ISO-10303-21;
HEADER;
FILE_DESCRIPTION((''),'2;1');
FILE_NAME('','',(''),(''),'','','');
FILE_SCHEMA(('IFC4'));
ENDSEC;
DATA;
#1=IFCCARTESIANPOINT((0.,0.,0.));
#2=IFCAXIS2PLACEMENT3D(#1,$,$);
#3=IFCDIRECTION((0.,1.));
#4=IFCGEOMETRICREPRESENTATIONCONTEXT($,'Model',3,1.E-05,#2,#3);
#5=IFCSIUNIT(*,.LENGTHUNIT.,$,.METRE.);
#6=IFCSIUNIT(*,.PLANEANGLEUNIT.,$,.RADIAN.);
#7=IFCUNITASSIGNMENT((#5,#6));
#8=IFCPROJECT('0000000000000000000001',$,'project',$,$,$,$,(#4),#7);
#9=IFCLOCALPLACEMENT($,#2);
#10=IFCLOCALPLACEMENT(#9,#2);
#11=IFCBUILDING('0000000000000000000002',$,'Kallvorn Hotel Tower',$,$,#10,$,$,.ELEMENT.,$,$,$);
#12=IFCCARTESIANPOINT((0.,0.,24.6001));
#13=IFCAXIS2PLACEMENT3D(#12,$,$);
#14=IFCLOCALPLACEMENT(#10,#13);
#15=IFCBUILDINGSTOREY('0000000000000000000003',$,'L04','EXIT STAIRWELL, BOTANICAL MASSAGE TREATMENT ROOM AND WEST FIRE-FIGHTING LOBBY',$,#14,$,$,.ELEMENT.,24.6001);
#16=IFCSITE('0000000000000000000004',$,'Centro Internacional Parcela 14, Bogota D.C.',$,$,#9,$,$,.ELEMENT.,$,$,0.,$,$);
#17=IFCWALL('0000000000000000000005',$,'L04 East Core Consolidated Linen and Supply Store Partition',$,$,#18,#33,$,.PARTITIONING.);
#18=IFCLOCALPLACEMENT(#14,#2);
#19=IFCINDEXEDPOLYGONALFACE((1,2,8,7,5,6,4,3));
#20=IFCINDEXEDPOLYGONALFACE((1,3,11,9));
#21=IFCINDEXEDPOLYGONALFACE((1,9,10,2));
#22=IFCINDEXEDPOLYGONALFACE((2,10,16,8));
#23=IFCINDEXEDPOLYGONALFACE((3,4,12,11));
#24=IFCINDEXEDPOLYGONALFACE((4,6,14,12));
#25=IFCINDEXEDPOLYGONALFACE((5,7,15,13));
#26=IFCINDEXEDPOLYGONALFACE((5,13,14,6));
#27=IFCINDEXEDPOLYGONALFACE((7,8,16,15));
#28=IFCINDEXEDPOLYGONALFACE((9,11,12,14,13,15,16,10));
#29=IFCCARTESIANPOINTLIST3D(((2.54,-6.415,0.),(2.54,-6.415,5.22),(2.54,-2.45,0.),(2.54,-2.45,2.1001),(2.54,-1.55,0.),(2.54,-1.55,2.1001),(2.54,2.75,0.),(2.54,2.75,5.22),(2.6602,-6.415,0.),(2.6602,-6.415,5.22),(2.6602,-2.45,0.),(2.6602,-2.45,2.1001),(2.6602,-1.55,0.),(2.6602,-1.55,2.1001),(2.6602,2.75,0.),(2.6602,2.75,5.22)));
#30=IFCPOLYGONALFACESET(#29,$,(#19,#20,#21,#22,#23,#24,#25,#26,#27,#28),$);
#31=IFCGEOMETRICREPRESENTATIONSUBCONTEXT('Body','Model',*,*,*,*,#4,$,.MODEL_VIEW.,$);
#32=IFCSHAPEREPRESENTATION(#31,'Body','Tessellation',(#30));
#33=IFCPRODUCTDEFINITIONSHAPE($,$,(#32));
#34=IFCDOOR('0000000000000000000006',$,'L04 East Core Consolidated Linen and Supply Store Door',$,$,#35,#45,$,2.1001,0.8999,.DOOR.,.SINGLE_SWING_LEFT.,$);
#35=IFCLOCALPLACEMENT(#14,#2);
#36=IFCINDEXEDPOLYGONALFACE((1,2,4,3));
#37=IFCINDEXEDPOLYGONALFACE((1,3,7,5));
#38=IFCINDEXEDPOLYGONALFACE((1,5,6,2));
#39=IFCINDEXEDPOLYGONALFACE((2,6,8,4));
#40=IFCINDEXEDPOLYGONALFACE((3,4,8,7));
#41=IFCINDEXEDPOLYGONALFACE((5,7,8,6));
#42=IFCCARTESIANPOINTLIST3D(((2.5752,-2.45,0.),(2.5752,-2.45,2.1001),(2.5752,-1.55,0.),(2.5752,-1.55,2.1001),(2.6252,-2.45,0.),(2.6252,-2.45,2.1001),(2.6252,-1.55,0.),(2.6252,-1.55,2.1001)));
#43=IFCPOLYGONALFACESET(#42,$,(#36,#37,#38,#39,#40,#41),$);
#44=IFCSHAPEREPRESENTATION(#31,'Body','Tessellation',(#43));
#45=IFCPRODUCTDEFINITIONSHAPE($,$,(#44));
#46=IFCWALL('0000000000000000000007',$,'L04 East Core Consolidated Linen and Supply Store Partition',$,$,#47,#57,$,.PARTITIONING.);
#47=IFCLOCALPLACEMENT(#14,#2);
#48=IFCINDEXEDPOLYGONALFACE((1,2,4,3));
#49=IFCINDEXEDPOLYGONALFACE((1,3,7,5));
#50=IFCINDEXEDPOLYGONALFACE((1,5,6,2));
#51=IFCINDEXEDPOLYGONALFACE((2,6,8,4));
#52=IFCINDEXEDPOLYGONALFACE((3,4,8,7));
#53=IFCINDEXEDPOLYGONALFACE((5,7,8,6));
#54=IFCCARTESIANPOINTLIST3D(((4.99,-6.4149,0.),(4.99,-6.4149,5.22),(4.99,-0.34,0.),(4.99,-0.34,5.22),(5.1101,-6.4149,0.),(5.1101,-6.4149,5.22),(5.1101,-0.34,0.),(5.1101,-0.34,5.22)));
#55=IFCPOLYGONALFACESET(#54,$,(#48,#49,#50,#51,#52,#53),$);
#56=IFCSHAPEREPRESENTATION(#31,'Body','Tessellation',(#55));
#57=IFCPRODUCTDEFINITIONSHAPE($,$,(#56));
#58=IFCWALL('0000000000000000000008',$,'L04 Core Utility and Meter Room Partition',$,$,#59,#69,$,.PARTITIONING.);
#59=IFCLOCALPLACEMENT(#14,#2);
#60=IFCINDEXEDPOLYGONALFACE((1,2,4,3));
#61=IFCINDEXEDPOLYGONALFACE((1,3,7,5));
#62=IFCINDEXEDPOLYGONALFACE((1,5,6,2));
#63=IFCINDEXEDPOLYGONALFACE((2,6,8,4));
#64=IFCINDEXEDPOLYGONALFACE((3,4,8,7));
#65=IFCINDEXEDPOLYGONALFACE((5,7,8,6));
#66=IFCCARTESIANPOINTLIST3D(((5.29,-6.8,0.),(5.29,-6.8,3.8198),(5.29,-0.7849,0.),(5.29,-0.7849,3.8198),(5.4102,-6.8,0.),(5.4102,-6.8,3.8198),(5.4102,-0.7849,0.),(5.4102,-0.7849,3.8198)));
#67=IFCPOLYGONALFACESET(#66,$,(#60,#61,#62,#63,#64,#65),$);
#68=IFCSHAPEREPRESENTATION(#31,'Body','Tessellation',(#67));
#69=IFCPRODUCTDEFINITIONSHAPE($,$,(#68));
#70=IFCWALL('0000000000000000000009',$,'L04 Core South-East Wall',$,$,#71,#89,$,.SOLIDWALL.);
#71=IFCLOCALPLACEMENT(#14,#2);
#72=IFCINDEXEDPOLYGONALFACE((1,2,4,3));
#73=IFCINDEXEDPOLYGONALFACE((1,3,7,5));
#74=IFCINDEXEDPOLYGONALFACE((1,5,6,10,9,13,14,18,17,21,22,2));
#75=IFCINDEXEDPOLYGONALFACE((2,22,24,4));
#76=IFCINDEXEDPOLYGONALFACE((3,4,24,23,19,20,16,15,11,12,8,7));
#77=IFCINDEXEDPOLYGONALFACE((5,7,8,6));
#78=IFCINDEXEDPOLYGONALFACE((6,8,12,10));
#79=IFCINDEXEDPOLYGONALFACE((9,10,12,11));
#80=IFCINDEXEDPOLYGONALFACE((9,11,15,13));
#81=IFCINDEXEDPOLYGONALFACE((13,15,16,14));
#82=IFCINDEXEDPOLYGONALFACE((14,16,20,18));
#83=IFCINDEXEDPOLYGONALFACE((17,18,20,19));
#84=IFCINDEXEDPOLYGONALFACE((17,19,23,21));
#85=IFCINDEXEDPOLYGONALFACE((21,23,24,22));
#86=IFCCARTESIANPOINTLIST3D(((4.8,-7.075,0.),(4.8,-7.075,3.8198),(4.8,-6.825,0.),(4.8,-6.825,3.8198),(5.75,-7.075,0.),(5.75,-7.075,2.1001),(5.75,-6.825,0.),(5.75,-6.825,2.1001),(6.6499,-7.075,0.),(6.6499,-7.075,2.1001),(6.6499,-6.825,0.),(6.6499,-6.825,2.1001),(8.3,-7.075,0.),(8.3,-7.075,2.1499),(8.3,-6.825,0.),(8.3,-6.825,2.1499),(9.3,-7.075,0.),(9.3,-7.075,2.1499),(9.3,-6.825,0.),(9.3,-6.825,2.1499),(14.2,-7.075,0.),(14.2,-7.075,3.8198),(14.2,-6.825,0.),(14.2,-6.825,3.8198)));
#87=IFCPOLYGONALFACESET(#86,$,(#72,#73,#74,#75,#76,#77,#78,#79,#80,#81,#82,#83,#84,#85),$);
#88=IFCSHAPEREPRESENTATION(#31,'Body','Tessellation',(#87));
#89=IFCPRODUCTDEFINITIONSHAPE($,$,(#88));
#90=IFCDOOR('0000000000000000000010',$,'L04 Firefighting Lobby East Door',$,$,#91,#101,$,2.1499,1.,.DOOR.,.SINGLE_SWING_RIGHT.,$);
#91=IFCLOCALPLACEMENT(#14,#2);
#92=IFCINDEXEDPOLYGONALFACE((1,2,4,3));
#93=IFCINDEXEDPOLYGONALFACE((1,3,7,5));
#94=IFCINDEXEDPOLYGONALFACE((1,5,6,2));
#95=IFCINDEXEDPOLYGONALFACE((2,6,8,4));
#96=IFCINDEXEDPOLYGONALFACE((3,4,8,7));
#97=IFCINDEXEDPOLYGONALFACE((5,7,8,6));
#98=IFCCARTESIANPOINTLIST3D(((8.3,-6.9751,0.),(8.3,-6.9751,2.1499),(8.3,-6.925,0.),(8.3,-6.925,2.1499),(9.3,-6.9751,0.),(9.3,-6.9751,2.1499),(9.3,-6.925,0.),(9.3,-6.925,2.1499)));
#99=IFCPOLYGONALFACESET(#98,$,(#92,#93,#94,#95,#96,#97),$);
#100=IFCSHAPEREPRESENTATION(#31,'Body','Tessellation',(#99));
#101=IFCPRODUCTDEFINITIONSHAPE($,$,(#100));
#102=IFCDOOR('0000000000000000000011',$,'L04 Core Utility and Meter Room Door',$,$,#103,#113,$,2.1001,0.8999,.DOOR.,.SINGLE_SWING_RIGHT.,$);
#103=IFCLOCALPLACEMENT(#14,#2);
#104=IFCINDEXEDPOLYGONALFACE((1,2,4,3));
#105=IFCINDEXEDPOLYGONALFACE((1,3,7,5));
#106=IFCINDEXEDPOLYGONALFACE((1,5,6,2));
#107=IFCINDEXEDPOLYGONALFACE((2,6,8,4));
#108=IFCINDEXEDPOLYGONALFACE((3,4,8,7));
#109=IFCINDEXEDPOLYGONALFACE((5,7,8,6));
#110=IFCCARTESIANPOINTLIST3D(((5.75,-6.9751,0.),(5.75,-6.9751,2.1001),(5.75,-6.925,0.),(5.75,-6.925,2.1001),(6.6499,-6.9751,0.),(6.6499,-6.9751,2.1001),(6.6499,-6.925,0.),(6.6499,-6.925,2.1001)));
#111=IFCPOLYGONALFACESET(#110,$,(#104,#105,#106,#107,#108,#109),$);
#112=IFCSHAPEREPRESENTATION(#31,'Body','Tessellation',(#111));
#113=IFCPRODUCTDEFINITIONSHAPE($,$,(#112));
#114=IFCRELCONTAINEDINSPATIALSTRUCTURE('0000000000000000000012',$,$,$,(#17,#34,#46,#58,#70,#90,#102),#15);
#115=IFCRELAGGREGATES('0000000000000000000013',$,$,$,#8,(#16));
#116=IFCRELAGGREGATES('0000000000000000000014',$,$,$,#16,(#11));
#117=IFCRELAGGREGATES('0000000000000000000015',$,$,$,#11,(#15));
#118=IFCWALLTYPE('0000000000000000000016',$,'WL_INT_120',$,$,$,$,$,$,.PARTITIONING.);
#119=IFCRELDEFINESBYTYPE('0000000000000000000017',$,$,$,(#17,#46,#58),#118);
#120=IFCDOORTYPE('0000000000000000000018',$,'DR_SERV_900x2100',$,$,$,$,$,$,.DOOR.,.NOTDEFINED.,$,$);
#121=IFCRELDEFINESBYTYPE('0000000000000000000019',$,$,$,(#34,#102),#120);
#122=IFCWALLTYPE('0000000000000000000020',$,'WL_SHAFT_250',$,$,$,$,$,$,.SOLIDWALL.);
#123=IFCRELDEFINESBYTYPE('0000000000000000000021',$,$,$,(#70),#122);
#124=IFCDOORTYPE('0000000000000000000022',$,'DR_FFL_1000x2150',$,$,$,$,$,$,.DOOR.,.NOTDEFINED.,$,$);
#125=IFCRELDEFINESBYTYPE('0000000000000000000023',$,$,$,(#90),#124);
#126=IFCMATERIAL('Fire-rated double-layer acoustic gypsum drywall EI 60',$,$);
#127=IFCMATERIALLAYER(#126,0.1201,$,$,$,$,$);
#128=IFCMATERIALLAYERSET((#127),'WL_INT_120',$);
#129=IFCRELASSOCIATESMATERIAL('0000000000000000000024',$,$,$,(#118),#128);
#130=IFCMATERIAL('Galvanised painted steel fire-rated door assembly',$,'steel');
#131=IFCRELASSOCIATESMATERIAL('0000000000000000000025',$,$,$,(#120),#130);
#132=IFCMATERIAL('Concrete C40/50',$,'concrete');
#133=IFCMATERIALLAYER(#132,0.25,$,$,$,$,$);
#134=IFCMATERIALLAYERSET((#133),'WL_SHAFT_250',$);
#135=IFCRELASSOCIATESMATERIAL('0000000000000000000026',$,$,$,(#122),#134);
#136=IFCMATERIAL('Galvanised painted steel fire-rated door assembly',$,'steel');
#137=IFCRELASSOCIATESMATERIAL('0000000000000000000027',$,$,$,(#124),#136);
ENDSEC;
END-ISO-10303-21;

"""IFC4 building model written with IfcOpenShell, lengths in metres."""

from ifc_helpers import new_model, si_unit, direction, frame, frame_2d, origin, place, context, subcontext, project, spatial, rectangle, extrude, material, layer, layer_set, type_object, element, fill, save


model = new_model("IFC4")

# Units and contexts
model_context = context("Model", 3, precision=1e-05, world=origin(), true_north=direction((0.0, 1.0)))
body_context = subcontext(model_context, "Body", "Model", "MODEL_VIEW")
ifc_project = project(units=[si_unit("LENGTHUNIT", "METRE"), si_unit("PLANEANGLEUNIT", "RADIAN")], contexts=[model_context])

# Site, building, storey
site_placement = place(None, origin())
site = spatial("IfcSite", under=ifc_project, at=site_placement, Name="Centro Internacional Parcela 14, Bogota D.C.", CompositionType="ELEMENT", RefElevation=0.0)
building_placement = place(site_placement, origin())
building = spatial("IfcBuilding", under=site, at=building_placement, Name="Kallvorn Hotel Tower", CompositionType="ELEMENT")
storey_placement = place(building_placement, frame((0.0, 0.0, 24.6001)))
storey = spatial("IfcBuildingStorey", under=building, at=storey_placement, Name="L04", Description="EXIT STAIRWELL, BOTANICAL MASSAGE TREATMENT ROOM AND WEST FIRE-FIGHTING LOBBY", CompositionType="ELEMENT", Elevation=24.6001)

# Shared definitions
ifc_material_1 = material(Name="Fire-rated double-layer acoustic gypsum drywall EI 60")
ifc_layer_1 = layer(ifc_material_1, 0.1201)
ifc_layer_set_1 = layer_set([ifc_layer_1], Name="WL_INT_120")
wall_type_1 = type_object("IfcWallType", Name="WL_INT_120", PredefinedType="PARTITIONING", material=ifc_layer_set_1)

# Wall, opening, door
wall_1_placement = place(storey_placement, frame((2.6001, -6.415, 0.0), z_axis=(0.0, 0.0, 1.0), x_axis=(0.0, 1.0, 0.0)))
wall_1 = element("IfcWall", 1, at=wall_1_placement, inside=storey, type_object=wall_type_1, Name="L04 East Core Consolidated Linen and Supply Store Partition", PredefinedType="PARTITIONING", context=body_context, shape_type="SweptSolid", body=[
    extrude(rectangle(XDim=9.165, YDim=0.1201, at=frame_2d((4.5825, 0.0))), origin(), (0.0, 0.0, 1.0), 5.22),
])
opening_1_placement = place(wall_1_placement, frame((3.9651, 0.0, 0.0)))
opening_1 = element("IfcOpeningElement", 2, at=opening_1_placement, cuts=wall_1, PredefinedType="OPENING", context=body_context, shape_type="SweptSolid", body=[
    extrude(rectangle(XDim=0.8999, YDim=2.1001, at=frame_2d((0.45, 1.05))), frame((0.0, 0.075, 0.0), z_axis=(0.0, -1.0, 0.0), x_axis=(1.0, 0.0, 0.0)), (0.0, 0.0, 1.0), 0.1501),
])
ifc_material_2 = material(Name="Galvanised painted steel fire-rated door assembly", Category="steel")
door_type_1 = type_object("IfcDoorType", Name="DR_SERV_900x2100", OperationType="NOTDEFINED", PredefinedType="DOOR", material=ifc_material_2)
door_1_placement = place(opening_1_placement, origin())
door_1 = element("IfcDoor", 3, at=door_1_placement, inside=storey, type_object=door_type_1, Name="L04 East Core Consolidated Linen and Supply Store Door", OperationType="SINGLE_SWING_LEFT", OverallHeight=2.1001, OverallWidth=0.8999, PredefinedType="DOOR", context=body_context, shape_type="SweptSolid", body=[
    extrude(rectangle(XDim=0.8999, YDim=2.1001, at=frame_2d((0.45, 1.05))), frame((0.0, 0.0249, 0.0), z_axis=(0.0, -1.0, 0.0), x_axis=(1.0, 0.0, 0.0)), (0.0, 0.0, 1.0), 0.05),
])
fill(opening_1, door_1)

# Walls
wall_2_placement = place(storey_placement, frame((5.05, -6.415, 0.0), z_axis=(0.0, 0.0, 1.0), x_axis=(0.0, 1.0, 0.0)))
element("IfcWall", 4, at=wall_2_placement, inside=storey, type_object=wall_type_1, Name="L04 East Core Consolidated Linen and Supply Store Partition", PredefinedType="PARTITIONING", context=body_context, shape_type="SweptSolid", body=[
    extrude(rectangle(XDim=6.075, YDim=0.1201, at=frame_2d((3.0376, 0.0))), origin(), (0.0, 0.0, 1.0), 5.22),
])
wall_3_placement = place(storey_placement, frame((5.3501, -6.8, 0.0), z_axis=(0.0, 0.0, 1.0), x_axis=(0.0, 1.0, 0.0)))
element("IfcWall", 5, at=wall_3_placement, inside=storey, type_object=wall_type_1, Name="L04 Core Utility and Meter Room Partition", PredefinedType="PARTITIONING", context=body_context, shape_type="SweptSolid", body=[
    extrude(rectangle(XDim=6.0151, YDim=0.1201, at=frame_2d((3.0076, 0.0))), origin(), (0.0, 0.0, 1.0), 3.8198),
])

# Wall, openings, doors
ifc_material_3 = material(Name="Concrete C40/50", Category="concrete")
ifc_layer_2 = layer(ifc_material_3, 0.25)
ifc_layer_set_2 = layer_set([ifc_layer_2], Name="WL_SHAFT_250")
wall_type_2 = type_object("IfcWallType", Name="WL_SHAFT_250", PredefinedType="SOLIDWALL", material=ifc_layer_set_2)
wall_4_placement = place(storey_placement, frame((4.8, -6.95, 0.0), z_axis=(0.0, 0.0, 1.0), x_axis=(1.0, 0.0, 0.0)))
wall_4 = element("IfcWall", 6, at=wall_4_placement, inside=storey, type_object=wall_type_2, Name="L04 Core South-East Wall", PredefinedType="SOLIDWALL", context=body_context, shape_type="SweptSolid", body=[
    extrude(rectangle(XDim=9.3999, YDim=0.25, at=frame_2d((4.7, 0.0))), origin(), (0.0, 0.0, 1.0), 3.8198),
])
opening_2_placement = place(wall_4_placement, frame((3.5, 0.0, 0.0)))
opening_2 = element("IfcOpeningElement", 7, at=opening_2_placement, cuts=wall_4, PredefinedType="OPENING", context=body_context, shape_type="SweptSolid", body=[
    extrude(rectangle(XDim=1.0, YDim=2.1499, at=frame_2d((0.5, 1.075))), frame((0.0, 0.1399, 0.0), z_axis=(0.0, -1.0, 0.0), x_axis=(1.0, 0.0, 0.0)), (0.0, 0.0, 1.0), 0.28),
])
opening_3_placement = place(wall_4_placement, frame((0.95, 0.0, 0.0)))
opening_3 = element("IfcOpeningElement", 8, at=opening_3_placement, cuts=wall_4, PredefinedType="OPENING", context=body_context, shape_type="SweptSolid", body=[
    extrude(rectangle(XDim=0.8999, YDim=2.1001, at=frame_2d((0.45, 1.05))), frame((0.0, 0.1399, 0.0), z_axis=(0.0, -1.0, 0.0), x_axis=(1.0, 0.0, 0.0)), (0.0, 0.0, 1.0), 0.28),
])
ifc_material_4 = material(Name="Galvanised painted steel fire-rated door assembly", Category="steel")
door_type_2 = type_object("IfcDoorType", Name="DR_FFL_1000x2150", OperationType="NOTDEFINED", PredefinedType="DOOR", material=ifc_material_4)
door_2_placement = place(opening_2_placement, origin())
door_2 = element("IfcDoor", 9, at=door_2_placement, inside=storey, type_object=door_type_2, Name="L04 Firefighting Lobby East Door", OperationType="SINGLE_SWING_RIGHT", OverallHeight=2.1499, OverallWidth=1.0, PredefinedType="DOOR", context=body_context, shape_type="SweptSolid", body=[
    extrude(rectangle(XDim=1.0, YDim=2.1499, at=frame_2d((0.5, 1.075))), frame((0.0, 0.0249, 0.0), z_axis=(0.0, -1.0, 0.0), x_axis=(1.0, 0.0, 0.0)), (0.0, 0.0, 1.0), 0.05),
])
fill(opening_2, door_2)
door_3_placement = place(opening_3_placement, origin())
door_3 = element("IfcDoor", 10, at=door_3_placement, inside=storey, type_object=door_type_1, Name="L04 Core Utility and Meter Room Door", OperationType="SINGLE_SWING_RIGHT", OverallHeight=2.1001, OverallWidth=0.8999, PredefinedType="DOOR", context=body_context, shape_type="SweptSolid", body=[
    extrude(rectangle(XDim=0.8999, YDim=2.1001, at=frame_2d((0.45, 1.05))), frame((0.0, 0.0249, 0.0), z_axis=(0.0, -1.0, 0.0), x_axis=(1.0, 0.0, 0.0)), (0.0, 0.0, 1.0), 0.05),
])
fill(opening_3, door_3)

save(model, "model.ifc")
